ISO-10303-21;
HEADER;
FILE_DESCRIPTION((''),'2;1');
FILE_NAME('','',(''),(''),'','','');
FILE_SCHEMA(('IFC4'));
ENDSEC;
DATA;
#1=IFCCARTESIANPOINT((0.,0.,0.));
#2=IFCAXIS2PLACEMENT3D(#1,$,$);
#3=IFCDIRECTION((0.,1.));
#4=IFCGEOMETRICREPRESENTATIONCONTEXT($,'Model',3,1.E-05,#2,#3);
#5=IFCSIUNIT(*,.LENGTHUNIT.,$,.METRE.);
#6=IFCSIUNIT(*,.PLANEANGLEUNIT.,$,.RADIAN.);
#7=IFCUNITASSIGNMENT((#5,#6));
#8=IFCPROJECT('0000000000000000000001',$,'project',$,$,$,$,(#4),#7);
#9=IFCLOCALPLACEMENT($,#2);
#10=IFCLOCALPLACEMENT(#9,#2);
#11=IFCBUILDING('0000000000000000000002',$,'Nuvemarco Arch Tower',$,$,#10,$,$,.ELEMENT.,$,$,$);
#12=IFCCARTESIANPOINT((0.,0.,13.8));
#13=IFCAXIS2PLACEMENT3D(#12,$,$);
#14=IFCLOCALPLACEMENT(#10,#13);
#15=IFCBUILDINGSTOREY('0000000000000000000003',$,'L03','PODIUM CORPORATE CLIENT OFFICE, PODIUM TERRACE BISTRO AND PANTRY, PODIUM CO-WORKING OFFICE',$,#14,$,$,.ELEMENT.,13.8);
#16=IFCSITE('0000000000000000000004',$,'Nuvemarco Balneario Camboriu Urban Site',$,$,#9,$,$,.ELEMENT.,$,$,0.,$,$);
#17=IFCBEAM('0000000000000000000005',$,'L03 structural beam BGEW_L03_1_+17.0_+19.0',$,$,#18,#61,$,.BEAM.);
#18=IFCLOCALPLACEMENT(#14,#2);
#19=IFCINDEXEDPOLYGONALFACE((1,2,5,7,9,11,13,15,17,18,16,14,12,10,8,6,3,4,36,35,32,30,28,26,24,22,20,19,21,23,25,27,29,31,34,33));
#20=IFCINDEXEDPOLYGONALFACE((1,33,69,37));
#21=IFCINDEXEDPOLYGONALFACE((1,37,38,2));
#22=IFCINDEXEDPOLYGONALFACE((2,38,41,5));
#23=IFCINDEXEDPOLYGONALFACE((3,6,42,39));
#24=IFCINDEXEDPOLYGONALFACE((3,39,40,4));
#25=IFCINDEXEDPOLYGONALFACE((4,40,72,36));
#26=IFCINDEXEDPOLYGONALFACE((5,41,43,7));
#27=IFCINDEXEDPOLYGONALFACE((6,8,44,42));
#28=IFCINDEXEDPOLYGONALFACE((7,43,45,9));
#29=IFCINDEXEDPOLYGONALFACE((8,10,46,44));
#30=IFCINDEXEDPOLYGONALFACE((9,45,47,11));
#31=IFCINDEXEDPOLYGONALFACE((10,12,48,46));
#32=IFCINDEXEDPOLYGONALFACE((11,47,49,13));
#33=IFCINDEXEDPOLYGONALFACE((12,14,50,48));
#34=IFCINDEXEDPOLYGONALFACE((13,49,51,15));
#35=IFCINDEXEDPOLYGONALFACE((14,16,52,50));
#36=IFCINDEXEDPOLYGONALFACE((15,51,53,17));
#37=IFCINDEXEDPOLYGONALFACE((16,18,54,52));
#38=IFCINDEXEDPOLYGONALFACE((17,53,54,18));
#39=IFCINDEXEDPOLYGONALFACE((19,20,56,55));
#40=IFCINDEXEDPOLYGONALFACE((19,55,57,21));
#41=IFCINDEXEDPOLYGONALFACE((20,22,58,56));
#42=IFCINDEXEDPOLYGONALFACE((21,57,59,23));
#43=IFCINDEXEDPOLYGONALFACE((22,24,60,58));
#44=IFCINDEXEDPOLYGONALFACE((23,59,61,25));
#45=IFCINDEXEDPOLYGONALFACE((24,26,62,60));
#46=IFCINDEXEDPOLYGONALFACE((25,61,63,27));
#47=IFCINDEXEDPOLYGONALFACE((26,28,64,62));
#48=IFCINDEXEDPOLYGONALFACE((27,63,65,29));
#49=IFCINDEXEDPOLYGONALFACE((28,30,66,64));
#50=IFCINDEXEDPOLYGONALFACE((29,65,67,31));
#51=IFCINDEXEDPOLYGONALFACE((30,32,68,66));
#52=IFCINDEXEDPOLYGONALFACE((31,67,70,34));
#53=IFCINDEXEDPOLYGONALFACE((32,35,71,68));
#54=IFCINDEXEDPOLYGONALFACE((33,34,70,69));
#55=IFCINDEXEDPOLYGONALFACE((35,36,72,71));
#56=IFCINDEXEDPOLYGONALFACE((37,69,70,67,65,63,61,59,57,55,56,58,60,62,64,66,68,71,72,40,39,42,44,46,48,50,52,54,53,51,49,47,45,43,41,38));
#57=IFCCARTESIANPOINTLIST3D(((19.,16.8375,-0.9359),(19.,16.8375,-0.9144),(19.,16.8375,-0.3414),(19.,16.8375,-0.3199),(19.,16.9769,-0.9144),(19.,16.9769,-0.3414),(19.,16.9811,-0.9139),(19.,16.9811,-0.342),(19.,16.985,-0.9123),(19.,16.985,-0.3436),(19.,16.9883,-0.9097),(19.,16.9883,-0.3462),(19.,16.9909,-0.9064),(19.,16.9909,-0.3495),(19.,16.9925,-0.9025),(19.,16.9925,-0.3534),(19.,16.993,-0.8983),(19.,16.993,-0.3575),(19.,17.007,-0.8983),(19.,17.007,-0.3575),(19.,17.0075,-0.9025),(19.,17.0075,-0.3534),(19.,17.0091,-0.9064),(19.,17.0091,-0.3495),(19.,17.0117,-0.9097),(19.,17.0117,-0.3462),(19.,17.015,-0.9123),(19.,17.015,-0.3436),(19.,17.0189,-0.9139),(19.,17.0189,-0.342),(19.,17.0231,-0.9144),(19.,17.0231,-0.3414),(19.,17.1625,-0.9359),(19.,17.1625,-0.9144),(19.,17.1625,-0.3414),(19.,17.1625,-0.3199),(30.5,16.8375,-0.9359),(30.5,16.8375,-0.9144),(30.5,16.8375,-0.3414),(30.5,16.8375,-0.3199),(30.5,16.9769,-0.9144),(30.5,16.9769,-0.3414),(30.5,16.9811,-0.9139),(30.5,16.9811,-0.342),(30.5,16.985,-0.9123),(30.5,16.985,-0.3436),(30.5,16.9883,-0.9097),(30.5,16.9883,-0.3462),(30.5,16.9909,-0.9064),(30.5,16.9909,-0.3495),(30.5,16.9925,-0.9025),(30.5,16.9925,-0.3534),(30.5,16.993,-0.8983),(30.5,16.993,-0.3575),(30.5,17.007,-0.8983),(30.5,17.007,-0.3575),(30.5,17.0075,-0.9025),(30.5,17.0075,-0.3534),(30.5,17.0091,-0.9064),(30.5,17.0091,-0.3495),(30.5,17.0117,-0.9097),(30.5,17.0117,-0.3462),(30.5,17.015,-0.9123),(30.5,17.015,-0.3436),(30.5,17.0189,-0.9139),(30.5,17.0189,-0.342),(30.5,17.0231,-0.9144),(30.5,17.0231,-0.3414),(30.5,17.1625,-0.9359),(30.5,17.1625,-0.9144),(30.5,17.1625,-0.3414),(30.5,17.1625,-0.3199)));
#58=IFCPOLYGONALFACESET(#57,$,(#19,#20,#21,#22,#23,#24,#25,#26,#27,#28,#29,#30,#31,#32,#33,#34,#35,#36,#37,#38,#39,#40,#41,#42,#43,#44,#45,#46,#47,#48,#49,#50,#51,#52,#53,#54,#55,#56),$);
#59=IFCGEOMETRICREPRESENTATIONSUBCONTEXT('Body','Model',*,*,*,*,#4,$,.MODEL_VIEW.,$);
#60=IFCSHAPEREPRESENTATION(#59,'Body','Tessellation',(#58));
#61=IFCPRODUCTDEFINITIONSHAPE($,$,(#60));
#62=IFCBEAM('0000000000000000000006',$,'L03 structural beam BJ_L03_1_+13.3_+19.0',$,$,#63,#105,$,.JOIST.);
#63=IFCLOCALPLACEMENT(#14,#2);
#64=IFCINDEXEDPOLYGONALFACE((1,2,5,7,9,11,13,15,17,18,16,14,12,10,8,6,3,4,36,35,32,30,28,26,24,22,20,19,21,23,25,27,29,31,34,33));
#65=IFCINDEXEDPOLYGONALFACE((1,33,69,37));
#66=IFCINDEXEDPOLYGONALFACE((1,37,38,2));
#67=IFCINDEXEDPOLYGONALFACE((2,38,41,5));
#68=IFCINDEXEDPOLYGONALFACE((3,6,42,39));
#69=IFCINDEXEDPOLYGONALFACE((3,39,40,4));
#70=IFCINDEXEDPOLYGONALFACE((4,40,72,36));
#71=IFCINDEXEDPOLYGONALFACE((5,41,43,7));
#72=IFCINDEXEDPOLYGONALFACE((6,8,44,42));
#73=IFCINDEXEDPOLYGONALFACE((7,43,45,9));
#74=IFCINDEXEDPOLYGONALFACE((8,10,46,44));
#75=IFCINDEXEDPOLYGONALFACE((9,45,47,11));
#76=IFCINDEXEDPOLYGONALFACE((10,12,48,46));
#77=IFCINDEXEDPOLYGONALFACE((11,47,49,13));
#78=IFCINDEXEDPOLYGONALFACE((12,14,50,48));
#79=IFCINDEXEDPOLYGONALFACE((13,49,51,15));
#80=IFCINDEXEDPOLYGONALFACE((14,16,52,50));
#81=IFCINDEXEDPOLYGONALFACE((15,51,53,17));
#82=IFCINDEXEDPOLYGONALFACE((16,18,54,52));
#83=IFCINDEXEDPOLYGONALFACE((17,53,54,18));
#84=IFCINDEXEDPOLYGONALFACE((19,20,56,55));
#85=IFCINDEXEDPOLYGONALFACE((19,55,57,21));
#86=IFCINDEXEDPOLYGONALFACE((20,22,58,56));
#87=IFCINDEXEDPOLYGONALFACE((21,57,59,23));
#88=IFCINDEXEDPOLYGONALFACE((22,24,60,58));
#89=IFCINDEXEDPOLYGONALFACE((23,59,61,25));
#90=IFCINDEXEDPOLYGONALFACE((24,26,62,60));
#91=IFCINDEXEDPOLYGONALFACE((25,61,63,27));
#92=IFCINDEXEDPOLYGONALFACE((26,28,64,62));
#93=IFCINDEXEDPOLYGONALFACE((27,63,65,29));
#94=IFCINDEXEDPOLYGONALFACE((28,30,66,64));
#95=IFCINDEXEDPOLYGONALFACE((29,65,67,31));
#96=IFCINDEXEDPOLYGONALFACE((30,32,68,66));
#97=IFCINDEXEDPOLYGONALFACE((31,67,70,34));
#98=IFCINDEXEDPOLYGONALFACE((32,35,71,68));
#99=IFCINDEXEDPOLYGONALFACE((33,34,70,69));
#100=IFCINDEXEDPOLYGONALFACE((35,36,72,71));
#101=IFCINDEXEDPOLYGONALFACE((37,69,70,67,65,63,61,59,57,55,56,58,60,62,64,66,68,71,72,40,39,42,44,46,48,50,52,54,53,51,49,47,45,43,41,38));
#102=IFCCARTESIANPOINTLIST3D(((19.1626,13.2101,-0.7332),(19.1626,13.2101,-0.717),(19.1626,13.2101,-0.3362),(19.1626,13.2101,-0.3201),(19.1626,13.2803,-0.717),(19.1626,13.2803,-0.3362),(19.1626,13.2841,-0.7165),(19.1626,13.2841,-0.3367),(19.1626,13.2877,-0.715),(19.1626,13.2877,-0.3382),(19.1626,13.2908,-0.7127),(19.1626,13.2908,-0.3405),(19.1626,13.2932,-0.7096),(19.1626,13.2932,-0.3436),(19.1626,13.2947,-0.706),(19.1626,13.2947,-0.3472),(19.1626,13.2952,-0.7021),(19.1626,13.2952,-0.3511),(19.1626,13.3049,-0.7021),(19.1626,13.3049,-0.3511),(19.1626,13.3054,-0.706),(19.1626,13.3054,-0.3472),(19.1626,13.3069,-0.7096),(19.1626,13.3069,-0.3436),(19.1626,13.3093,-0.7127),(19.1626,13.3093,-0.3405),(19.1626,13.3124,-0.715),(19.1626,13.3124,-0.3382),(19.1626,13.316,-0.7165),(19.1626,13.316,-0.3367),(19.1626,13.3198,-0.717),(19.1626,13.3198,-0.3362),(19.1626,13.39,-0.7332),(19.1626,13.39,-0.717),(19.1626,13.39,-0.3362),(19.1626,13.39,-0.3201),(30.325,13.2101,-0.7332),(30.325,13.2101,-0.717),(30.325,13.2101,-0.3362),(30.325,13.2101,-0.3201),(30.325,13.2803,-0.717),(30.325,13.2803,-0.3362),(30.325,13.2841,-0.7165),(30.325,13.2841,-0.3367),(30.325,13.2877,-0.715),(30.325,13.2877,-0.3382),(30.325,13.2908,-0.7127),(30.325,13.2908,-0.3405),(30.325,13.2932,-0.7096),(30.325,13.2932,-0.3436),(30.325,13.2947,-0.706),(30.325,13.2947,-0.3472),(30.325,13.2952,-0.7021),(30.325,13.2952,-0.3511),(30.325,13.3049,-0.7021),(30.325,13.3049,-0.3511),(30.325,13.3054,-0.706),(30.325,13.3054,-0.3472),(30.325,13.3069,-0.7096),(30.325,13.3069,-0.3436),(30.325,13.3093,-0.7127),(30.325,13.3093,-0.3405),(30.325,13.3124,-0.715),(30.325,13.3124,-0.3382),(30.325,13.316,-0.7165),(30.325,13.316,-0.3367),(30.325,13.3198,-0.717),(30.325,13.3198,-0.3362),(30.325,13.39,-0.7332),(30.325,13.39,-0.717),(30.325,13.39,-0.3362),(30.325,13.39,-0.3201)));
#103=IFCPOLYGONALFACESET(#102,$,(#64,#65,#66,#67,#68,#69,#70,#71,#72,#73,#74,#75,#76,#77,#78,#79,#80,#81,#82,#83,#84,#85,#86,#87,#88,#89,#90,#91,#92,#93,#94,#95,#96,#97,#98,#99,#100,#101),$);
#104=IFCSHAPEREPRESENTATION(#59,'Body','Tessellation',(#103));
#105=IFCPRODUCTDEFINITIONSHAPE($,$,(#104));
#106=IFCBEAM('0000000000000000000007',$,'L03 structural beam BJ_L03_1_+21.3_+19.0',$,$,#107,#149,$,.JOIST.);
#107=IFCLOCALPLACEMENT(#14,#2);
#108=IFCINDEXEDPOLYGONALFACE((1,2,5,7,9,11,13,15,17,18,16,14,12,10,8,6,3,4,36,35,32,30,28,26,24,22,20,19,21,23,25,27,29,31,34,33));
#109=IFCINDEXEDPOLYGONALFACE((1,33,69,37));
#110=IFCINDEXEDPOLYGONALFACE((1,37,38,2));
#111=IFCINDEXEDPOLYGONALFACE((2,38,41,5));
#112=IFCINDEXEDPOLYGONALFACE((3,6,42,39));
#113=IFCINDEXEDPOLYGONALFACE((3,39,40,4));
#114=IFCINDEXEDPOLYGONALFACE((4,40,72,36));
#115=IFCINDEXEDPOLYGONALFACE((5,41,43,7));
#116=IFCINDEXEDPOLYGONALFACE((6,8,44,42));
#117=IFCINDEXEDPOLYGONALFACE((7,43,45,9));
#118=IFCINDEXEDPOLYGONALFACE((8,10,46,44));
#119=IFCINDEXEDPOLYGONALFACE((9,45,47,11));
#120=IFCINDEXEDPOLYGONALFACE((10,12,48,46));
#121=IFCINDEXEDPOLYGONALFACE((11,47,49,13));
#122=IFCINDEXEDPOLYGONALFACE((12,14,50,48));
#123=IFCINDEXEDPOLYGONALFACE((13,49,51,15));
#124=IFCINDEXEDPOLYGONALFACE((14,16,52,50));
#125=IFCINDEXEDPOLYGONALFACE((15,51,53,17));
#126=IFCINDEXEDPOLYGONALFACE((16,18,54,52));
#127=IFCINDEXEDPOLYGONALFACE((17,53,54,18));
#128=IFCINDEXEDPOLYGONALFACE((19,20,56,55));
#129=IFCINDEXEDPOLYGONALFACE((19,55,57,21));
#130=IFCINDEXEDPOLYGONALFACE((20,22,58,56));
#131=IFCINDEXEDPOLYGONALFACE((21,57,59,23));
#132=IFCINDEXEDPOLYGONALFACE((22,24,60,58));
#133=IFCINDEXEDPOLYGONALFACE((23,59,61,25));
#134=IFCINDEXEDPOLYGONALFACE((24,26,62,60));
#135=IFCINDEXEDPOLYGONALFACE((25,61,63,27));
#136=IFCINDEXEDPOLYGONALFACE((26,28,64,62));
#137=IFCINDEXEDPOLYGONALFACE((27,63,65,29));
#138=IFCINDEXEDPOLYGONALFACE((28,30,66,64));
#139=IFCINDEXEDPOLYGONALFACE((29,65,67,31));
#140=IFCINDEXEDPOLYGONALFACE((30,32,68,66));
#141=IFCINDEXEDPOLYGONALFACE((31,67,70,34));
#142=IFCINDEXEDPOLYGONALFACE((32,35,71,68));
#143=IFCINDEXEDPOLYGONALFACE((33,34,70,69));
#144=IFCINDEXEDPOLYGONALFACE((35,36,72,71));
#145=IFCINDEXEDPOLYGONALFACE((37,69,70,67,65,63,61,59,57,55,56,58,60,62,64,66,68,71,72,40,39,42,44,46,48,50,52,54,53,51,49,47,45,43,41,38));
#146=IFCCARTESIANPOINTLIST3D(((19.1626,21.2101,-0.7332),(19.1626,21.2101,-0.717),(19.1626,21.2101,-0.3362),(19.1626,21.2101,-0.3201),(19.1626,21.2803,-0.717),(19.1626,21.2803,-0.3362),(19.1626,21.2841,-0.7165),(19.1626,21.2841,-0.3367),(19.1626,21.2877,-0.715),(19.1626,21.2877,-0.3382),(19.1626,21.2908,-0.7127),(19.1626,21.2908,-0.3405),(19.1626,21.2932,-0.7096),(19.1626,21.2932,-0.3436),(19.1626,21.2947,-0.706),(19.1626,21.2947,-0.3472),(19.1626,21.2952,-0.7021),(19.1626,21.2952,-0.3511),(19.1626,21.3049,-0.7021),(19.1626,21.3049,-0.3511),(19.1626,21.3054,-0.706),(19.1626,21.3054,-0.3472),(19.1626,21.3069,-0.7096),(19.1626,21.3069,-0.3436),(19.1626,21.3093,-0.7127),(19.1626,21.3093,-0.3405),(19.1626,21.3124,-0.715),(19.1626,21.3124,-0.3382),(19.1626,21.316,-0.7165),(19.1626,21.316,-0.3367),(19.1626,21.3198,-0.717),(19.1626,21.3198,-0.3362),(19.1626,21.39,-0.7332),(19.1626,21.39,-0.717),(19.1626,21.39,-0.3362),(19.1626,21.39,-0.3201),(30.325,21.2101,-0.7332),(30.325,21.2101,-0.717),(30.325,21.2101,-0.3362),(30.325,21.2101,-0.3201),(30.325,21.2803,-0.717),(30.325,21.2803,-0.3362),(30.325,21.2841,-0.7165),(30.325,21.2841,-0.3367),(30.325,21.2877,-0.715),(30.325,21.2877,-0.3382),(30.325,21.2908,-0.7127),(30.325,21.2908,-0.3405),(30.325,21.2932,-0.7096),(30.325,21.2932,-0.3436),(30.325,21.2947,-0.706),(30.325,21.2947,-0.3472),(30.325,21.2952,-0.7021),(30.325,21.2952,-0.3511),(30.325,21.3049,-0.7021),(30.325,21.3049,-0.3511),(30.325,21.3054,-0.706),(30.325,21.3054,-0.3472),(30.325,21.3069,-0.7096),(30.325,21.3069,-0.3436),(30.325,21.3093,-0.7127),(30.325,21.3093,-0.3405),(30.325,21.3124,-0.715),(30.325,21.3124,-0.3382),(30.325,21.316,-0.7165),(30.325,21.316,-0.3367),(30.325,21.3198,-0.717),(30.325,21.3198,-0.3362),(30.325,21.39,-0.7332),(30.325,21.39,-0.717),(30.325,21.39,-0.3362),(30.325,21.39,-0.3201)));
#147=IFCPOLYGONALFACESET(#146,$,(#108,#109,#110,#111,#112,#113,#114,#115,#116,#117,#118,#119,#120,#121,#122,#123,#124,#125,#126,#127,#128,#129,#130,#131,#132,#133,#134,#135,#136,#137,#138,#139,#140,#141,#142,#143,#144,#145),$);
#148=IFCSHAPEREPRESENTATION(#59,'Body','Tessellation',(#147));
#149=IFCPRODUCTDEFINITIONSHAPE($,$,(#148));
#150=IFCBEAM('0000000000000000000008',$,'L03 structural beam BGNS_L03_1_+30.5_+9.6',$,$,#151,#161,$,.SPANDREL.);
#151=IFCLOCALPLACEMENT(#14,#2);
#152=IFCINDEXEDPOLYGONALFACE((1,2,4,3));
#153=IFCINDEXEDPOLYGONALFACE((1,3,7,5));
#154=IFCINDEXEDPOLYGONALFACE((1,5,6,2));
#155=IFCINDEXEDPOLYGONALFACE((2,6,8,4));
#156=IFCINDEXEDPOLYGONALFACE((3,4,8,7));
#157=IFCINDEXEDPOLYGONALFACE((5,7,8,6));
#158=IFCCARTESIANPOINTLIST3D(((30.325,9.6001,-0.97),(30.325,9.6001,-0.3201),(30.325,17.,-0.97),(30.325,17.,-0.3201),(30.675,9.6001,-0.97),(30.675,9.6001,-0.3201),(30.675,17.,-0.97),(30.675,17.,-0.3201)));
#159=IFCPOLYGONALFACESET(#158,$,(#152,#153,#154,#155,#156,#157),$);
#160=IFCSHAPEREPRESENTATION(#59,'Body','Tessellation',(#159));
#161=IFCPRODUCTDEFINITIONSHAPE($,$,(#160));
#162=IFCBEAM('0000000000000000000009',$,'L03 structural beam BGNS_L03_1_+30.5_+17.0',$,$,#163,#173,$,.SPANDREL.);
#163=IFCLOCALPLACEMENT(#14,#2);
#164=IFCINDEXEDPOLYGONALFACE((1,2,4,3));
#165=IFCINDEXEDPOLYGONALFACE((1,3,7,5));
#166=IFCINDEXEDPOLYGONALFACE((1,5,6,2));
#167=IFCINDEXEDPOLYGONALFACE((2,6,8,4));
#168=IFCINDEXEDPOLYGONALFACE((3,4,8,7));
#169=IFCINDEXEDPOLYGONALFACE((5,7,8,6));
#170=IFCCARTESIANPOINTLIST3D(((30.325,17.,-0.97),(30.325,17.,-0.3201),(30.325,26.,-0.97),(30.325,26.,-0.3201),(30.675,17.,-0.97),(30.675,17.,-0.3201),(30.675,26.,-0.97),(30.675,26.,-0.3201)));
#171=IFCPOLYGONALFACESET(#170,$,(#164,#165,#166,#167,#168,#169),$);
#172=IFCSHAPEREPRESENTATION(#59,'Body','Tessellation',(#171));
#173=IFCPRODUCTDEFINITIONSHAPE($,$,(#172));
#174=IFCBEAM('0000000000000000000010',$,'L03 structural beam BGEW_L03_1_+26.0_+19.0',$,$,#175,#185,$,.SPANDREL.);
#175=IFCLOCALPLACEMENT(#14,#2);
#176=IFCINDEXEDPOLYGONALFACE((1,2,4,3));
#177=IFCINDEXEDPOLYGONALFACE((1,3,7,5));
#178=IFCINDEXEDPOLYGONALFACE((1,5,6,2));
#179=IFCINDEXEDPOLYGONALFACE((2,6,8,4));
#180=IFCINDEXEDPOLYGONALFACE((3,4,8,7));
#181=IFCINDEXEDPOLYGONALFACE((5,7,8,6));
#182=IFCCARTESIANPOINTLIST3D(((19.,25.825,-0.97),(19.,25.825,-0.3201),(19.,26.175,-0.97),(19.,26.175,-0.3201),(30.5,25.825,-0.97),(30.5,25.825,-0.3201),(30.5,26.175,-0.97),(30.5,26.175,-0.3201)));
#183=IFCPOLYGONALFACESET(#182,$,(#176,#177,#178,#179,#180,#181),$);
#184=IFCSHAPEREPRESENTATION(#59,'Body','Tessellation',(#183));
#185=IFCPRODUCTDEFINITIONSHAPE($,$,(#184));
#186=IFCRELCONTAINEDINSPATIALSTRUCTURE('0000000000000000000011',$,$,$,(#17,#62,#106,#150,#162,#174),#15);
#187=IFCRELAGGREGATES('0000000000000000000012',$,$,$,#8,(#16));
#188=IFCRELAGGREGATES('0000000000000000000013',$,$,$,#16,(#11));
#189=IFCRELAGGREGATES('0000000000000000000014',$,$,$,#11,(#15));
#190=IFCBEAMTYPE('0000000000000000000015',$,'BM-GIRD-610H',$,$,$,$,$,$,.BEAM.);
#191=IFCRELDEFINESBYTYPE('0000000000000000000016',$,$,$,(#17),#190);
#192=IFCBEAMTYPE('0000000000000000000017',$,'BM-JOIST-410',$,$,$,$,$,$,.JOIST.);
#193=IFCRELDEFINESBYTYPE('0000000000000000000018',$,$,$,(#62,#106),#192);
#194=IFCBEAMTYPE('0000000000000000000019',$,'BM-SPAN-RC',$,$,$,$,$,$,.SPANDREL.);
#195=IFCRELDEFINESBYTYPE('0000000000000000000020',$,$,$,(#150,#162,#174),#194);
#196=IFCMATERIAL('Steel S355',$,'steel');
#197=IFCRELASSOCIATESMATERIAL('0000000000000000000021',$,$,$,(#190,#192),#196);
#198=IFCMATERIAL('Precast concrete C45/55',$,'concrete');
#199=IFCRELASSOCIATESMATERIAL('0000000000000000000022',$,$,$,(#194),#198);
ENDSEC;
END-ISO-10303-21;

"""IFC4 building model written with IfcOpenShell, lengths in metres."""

from ifc_helpers import new_model, si_unit, direction, frame, origin, origin_2d, place, context, subcontext, project, spatial, rectangle, i_section, extrude, material, material_profile, profile_set, type_object, element, save


model = new_model("IFC4")

# Units and contexts
model_context = context("Model", 3, precision=1e-05, world=origin(), true_north=direction((0.0, 1.0)))
body_context = subcontext(model_context, "Body", "Model", "MODEL_VIEW")
ifc_project = project(units=[si_unit("LENGTHUNIT", "METRE"), si_unit("PLANEANGLEUNIT", "RADIAN")], contexts=[model_context])

# Site, building, storey
site_placement = place(None, origin())
site = spatial("IfcSite", under=ifc_project, at=site_placement, Name="Nuvemarco Balneario Camboriu Urban Site", CompositionType="ELEMENT", RefElevation=0.0)
building_placement = place(site_placement, origin())
building = spatial("IfcBuilding", under=site, at=building_placement, Name="Nuvemarco Arch Tower", CompositionType="ELEMENT")
storey_placement = place(building_placement, frame((0.0, 0.0, 13.8)))
storey = spatial("IfcBuildingStorey", under=building, at=storey_placement, Name="L03", Description="PODIUM CORPORATE CLIENT OFFICE, PODIUM TERRACE BISTRO AND PANTRY, PODIUM CO-WORKING OFFICE", CompositionType="ELEMENT", Elevation=13.8)

# Beams
ifc_material_1 = material(Name="Steel S355", Category="steel")
ifc_material_profile_1 = material_profile(ifc_material_1, i_section(OverallWidth=0.325, OverallDepth=0.616, WebThickness=0.0139, FlangeThickness=0.0215, FilletRadius=0.0161, at=origin_2d()), Name="W610x174")
ifc_profile_set_1 = profile_set([ifc_material_profile_1], Name="Steel S355")
beam_type_1 = type_object("IfcBeamType", Name="BM-GIRD-610H", PredefinedType="BEAM", material=ifc_profile_set_1)
beam_1_placement = place(storey_placement, frame((19.0, 17.0, -0.6279), z_axis=(1.0, 0.0, 0.0), x_axis=(0.0, 1.0, 0.0)))
element("IfcBeam", 1, at=beam_1_placement, inside=storey, type_object=beam_type_1, Name="L03 structural beam BGEW_L03_1_+17.0_+19.0", PredefinedType="BEAM", context=body_context, shape_type="SweptSolid", body=[
    extrude(i_section(OverallWidth=0.325, OverallDepth=0.616, WebThickness=0.0139, FlangeThickness=0.0215, FilletRadius=0.0161, at=origin_2d()), origin(), (0.0, 0.0, 1.0), 11.5),
])
ifc_material_profile_2 = material_profile(ifc_material_1, i_section(OverallWidth=0.1799, OverallDepth=0.4131, WebThickness=0.0098, FlangeThickness=0.0161, FilletRadius=0.0149, at=origin_2d()), Name="W410x75")
ifc_profile_set_2 = profile_set([ifc_material_profile_2], Name="Steel S355")
beam_type_2 = type_object("IfcBeamType", Name="BM-JOIST-410", PredefinedType="JOIST", material=ifc_profile_set_2)
for number, where, z_axis, x_axis, name in (
    (2, (19.1626, 13.3, -0.5266), (1.0, 0.0, 0.0), (0.0, 1.0, 0.0), "L03 structural beam BJ_L03_1_+13.3_+19.0"),
    (3, (19.1626, 21.3, -0.5266), (1.0, 0.0, 0.0), (0.0, 1.0, 0.0), "L03 structural beam BJ_L03_1_+21.3_+19.0"),
):
    element("IfcBeam", number, at=place(storey_placement, frame(where, z_axis=z_axis, x_axis=x_axis)), inside=storey, type_object=beam_type_2, Name=name, PredefinedType="JOIST", context=body_context, shape_type="SweptSolid", body=[
        extrude(i_section(OverallWidth=0.1799, OverallDepth=0.4131, WebThickness=0.0098, FlangeThickness=0.0161, FilletRadius=0.0149, at=origin_2d()), origin(), (0.0, 0.0, 1.0), 11.1624),
    ])
ifc_material_2 = material(Name="Precast concrete C45/55", Category="concrete")
ifc_material_profile_3 = material_profile(ifc_material_2, rectangle(XDim=0.3501, YDim=0.6499, at=origin_2d()), Name="PC-SP-350x650")
ifc_profile_set_3 = profile_set([ifc_material_profile_3], Name="Precast concrete C45/55")
beam_type_3 = type_object("IfcBeamType", Name="BM-SPAN-RC", PredefinedType="SPANDREL", material=ifc_profile_set_3)
beam_2_placement = place(storey_placement, frame((30.5, 9.6001, -0.645), z_axis=(0.0, 1.0, 0.0), x_axis=(-1.0, 0.0, 0.0)))
element("IfcBeam", 4, at=beam_2_placement, inside=storey, type_object=beam_type_3, Name="L03 structural beam BGNS_L03_1_+30.5_+9.6", PredefinedType="SPANDREL", context=body_context, shape_type="SweptSolid", body=[
    extrude(rectangle(XDim=0.3501, YDim=0.6499, at=origin_2d()), origin(), (0.0, 0.0, 1.0), 7.3999),
])
beam_3_placement = place(storey_placement, frame((30.5, 17.0, -0.645), z_axis=(0.0, 1.0, 0.0), x_axis=(-1.0, 0.0, 0.0)))
element("IfcBeam", 5, at=beam_3_placement, inside=storey, type_object=beam_type_3, Name="L03 structural beam BGNS_L03_1_+30.5_+17.0", PredefinedType="SPANDREL", context=body_context, shape_type="SweptSolid", body=[
    extrude(rectangle(XDim=0.3501, YDim=0.6499, at=origin_2d()), origin(), (0.0, 0.0, 1.0), 9.0),
])
beam_4_placement = place(storey_placement, frame((19.0, 26.0, -0.645), z_axis=(1.0, 0.0, 0.0), x_axis=(0.0, 1.0, 0.0)))
element("IfcBeam", 6, at=beam_4_placement, inside=storey, type_object=beam_type_3, Name="L03 structural beam BGEW_L03_1_+26.0_+19.0", PredefinedType="SPANDREL", context=body_context, shape_type="SweptSolid", body=[
    extrude(rectangle(XDim=0.3501, YDim=0.6499, at=origin_2d()), origin(), (0.0, 0.0, 1.0), 11.5),
])

save(model, "model.ifc")
